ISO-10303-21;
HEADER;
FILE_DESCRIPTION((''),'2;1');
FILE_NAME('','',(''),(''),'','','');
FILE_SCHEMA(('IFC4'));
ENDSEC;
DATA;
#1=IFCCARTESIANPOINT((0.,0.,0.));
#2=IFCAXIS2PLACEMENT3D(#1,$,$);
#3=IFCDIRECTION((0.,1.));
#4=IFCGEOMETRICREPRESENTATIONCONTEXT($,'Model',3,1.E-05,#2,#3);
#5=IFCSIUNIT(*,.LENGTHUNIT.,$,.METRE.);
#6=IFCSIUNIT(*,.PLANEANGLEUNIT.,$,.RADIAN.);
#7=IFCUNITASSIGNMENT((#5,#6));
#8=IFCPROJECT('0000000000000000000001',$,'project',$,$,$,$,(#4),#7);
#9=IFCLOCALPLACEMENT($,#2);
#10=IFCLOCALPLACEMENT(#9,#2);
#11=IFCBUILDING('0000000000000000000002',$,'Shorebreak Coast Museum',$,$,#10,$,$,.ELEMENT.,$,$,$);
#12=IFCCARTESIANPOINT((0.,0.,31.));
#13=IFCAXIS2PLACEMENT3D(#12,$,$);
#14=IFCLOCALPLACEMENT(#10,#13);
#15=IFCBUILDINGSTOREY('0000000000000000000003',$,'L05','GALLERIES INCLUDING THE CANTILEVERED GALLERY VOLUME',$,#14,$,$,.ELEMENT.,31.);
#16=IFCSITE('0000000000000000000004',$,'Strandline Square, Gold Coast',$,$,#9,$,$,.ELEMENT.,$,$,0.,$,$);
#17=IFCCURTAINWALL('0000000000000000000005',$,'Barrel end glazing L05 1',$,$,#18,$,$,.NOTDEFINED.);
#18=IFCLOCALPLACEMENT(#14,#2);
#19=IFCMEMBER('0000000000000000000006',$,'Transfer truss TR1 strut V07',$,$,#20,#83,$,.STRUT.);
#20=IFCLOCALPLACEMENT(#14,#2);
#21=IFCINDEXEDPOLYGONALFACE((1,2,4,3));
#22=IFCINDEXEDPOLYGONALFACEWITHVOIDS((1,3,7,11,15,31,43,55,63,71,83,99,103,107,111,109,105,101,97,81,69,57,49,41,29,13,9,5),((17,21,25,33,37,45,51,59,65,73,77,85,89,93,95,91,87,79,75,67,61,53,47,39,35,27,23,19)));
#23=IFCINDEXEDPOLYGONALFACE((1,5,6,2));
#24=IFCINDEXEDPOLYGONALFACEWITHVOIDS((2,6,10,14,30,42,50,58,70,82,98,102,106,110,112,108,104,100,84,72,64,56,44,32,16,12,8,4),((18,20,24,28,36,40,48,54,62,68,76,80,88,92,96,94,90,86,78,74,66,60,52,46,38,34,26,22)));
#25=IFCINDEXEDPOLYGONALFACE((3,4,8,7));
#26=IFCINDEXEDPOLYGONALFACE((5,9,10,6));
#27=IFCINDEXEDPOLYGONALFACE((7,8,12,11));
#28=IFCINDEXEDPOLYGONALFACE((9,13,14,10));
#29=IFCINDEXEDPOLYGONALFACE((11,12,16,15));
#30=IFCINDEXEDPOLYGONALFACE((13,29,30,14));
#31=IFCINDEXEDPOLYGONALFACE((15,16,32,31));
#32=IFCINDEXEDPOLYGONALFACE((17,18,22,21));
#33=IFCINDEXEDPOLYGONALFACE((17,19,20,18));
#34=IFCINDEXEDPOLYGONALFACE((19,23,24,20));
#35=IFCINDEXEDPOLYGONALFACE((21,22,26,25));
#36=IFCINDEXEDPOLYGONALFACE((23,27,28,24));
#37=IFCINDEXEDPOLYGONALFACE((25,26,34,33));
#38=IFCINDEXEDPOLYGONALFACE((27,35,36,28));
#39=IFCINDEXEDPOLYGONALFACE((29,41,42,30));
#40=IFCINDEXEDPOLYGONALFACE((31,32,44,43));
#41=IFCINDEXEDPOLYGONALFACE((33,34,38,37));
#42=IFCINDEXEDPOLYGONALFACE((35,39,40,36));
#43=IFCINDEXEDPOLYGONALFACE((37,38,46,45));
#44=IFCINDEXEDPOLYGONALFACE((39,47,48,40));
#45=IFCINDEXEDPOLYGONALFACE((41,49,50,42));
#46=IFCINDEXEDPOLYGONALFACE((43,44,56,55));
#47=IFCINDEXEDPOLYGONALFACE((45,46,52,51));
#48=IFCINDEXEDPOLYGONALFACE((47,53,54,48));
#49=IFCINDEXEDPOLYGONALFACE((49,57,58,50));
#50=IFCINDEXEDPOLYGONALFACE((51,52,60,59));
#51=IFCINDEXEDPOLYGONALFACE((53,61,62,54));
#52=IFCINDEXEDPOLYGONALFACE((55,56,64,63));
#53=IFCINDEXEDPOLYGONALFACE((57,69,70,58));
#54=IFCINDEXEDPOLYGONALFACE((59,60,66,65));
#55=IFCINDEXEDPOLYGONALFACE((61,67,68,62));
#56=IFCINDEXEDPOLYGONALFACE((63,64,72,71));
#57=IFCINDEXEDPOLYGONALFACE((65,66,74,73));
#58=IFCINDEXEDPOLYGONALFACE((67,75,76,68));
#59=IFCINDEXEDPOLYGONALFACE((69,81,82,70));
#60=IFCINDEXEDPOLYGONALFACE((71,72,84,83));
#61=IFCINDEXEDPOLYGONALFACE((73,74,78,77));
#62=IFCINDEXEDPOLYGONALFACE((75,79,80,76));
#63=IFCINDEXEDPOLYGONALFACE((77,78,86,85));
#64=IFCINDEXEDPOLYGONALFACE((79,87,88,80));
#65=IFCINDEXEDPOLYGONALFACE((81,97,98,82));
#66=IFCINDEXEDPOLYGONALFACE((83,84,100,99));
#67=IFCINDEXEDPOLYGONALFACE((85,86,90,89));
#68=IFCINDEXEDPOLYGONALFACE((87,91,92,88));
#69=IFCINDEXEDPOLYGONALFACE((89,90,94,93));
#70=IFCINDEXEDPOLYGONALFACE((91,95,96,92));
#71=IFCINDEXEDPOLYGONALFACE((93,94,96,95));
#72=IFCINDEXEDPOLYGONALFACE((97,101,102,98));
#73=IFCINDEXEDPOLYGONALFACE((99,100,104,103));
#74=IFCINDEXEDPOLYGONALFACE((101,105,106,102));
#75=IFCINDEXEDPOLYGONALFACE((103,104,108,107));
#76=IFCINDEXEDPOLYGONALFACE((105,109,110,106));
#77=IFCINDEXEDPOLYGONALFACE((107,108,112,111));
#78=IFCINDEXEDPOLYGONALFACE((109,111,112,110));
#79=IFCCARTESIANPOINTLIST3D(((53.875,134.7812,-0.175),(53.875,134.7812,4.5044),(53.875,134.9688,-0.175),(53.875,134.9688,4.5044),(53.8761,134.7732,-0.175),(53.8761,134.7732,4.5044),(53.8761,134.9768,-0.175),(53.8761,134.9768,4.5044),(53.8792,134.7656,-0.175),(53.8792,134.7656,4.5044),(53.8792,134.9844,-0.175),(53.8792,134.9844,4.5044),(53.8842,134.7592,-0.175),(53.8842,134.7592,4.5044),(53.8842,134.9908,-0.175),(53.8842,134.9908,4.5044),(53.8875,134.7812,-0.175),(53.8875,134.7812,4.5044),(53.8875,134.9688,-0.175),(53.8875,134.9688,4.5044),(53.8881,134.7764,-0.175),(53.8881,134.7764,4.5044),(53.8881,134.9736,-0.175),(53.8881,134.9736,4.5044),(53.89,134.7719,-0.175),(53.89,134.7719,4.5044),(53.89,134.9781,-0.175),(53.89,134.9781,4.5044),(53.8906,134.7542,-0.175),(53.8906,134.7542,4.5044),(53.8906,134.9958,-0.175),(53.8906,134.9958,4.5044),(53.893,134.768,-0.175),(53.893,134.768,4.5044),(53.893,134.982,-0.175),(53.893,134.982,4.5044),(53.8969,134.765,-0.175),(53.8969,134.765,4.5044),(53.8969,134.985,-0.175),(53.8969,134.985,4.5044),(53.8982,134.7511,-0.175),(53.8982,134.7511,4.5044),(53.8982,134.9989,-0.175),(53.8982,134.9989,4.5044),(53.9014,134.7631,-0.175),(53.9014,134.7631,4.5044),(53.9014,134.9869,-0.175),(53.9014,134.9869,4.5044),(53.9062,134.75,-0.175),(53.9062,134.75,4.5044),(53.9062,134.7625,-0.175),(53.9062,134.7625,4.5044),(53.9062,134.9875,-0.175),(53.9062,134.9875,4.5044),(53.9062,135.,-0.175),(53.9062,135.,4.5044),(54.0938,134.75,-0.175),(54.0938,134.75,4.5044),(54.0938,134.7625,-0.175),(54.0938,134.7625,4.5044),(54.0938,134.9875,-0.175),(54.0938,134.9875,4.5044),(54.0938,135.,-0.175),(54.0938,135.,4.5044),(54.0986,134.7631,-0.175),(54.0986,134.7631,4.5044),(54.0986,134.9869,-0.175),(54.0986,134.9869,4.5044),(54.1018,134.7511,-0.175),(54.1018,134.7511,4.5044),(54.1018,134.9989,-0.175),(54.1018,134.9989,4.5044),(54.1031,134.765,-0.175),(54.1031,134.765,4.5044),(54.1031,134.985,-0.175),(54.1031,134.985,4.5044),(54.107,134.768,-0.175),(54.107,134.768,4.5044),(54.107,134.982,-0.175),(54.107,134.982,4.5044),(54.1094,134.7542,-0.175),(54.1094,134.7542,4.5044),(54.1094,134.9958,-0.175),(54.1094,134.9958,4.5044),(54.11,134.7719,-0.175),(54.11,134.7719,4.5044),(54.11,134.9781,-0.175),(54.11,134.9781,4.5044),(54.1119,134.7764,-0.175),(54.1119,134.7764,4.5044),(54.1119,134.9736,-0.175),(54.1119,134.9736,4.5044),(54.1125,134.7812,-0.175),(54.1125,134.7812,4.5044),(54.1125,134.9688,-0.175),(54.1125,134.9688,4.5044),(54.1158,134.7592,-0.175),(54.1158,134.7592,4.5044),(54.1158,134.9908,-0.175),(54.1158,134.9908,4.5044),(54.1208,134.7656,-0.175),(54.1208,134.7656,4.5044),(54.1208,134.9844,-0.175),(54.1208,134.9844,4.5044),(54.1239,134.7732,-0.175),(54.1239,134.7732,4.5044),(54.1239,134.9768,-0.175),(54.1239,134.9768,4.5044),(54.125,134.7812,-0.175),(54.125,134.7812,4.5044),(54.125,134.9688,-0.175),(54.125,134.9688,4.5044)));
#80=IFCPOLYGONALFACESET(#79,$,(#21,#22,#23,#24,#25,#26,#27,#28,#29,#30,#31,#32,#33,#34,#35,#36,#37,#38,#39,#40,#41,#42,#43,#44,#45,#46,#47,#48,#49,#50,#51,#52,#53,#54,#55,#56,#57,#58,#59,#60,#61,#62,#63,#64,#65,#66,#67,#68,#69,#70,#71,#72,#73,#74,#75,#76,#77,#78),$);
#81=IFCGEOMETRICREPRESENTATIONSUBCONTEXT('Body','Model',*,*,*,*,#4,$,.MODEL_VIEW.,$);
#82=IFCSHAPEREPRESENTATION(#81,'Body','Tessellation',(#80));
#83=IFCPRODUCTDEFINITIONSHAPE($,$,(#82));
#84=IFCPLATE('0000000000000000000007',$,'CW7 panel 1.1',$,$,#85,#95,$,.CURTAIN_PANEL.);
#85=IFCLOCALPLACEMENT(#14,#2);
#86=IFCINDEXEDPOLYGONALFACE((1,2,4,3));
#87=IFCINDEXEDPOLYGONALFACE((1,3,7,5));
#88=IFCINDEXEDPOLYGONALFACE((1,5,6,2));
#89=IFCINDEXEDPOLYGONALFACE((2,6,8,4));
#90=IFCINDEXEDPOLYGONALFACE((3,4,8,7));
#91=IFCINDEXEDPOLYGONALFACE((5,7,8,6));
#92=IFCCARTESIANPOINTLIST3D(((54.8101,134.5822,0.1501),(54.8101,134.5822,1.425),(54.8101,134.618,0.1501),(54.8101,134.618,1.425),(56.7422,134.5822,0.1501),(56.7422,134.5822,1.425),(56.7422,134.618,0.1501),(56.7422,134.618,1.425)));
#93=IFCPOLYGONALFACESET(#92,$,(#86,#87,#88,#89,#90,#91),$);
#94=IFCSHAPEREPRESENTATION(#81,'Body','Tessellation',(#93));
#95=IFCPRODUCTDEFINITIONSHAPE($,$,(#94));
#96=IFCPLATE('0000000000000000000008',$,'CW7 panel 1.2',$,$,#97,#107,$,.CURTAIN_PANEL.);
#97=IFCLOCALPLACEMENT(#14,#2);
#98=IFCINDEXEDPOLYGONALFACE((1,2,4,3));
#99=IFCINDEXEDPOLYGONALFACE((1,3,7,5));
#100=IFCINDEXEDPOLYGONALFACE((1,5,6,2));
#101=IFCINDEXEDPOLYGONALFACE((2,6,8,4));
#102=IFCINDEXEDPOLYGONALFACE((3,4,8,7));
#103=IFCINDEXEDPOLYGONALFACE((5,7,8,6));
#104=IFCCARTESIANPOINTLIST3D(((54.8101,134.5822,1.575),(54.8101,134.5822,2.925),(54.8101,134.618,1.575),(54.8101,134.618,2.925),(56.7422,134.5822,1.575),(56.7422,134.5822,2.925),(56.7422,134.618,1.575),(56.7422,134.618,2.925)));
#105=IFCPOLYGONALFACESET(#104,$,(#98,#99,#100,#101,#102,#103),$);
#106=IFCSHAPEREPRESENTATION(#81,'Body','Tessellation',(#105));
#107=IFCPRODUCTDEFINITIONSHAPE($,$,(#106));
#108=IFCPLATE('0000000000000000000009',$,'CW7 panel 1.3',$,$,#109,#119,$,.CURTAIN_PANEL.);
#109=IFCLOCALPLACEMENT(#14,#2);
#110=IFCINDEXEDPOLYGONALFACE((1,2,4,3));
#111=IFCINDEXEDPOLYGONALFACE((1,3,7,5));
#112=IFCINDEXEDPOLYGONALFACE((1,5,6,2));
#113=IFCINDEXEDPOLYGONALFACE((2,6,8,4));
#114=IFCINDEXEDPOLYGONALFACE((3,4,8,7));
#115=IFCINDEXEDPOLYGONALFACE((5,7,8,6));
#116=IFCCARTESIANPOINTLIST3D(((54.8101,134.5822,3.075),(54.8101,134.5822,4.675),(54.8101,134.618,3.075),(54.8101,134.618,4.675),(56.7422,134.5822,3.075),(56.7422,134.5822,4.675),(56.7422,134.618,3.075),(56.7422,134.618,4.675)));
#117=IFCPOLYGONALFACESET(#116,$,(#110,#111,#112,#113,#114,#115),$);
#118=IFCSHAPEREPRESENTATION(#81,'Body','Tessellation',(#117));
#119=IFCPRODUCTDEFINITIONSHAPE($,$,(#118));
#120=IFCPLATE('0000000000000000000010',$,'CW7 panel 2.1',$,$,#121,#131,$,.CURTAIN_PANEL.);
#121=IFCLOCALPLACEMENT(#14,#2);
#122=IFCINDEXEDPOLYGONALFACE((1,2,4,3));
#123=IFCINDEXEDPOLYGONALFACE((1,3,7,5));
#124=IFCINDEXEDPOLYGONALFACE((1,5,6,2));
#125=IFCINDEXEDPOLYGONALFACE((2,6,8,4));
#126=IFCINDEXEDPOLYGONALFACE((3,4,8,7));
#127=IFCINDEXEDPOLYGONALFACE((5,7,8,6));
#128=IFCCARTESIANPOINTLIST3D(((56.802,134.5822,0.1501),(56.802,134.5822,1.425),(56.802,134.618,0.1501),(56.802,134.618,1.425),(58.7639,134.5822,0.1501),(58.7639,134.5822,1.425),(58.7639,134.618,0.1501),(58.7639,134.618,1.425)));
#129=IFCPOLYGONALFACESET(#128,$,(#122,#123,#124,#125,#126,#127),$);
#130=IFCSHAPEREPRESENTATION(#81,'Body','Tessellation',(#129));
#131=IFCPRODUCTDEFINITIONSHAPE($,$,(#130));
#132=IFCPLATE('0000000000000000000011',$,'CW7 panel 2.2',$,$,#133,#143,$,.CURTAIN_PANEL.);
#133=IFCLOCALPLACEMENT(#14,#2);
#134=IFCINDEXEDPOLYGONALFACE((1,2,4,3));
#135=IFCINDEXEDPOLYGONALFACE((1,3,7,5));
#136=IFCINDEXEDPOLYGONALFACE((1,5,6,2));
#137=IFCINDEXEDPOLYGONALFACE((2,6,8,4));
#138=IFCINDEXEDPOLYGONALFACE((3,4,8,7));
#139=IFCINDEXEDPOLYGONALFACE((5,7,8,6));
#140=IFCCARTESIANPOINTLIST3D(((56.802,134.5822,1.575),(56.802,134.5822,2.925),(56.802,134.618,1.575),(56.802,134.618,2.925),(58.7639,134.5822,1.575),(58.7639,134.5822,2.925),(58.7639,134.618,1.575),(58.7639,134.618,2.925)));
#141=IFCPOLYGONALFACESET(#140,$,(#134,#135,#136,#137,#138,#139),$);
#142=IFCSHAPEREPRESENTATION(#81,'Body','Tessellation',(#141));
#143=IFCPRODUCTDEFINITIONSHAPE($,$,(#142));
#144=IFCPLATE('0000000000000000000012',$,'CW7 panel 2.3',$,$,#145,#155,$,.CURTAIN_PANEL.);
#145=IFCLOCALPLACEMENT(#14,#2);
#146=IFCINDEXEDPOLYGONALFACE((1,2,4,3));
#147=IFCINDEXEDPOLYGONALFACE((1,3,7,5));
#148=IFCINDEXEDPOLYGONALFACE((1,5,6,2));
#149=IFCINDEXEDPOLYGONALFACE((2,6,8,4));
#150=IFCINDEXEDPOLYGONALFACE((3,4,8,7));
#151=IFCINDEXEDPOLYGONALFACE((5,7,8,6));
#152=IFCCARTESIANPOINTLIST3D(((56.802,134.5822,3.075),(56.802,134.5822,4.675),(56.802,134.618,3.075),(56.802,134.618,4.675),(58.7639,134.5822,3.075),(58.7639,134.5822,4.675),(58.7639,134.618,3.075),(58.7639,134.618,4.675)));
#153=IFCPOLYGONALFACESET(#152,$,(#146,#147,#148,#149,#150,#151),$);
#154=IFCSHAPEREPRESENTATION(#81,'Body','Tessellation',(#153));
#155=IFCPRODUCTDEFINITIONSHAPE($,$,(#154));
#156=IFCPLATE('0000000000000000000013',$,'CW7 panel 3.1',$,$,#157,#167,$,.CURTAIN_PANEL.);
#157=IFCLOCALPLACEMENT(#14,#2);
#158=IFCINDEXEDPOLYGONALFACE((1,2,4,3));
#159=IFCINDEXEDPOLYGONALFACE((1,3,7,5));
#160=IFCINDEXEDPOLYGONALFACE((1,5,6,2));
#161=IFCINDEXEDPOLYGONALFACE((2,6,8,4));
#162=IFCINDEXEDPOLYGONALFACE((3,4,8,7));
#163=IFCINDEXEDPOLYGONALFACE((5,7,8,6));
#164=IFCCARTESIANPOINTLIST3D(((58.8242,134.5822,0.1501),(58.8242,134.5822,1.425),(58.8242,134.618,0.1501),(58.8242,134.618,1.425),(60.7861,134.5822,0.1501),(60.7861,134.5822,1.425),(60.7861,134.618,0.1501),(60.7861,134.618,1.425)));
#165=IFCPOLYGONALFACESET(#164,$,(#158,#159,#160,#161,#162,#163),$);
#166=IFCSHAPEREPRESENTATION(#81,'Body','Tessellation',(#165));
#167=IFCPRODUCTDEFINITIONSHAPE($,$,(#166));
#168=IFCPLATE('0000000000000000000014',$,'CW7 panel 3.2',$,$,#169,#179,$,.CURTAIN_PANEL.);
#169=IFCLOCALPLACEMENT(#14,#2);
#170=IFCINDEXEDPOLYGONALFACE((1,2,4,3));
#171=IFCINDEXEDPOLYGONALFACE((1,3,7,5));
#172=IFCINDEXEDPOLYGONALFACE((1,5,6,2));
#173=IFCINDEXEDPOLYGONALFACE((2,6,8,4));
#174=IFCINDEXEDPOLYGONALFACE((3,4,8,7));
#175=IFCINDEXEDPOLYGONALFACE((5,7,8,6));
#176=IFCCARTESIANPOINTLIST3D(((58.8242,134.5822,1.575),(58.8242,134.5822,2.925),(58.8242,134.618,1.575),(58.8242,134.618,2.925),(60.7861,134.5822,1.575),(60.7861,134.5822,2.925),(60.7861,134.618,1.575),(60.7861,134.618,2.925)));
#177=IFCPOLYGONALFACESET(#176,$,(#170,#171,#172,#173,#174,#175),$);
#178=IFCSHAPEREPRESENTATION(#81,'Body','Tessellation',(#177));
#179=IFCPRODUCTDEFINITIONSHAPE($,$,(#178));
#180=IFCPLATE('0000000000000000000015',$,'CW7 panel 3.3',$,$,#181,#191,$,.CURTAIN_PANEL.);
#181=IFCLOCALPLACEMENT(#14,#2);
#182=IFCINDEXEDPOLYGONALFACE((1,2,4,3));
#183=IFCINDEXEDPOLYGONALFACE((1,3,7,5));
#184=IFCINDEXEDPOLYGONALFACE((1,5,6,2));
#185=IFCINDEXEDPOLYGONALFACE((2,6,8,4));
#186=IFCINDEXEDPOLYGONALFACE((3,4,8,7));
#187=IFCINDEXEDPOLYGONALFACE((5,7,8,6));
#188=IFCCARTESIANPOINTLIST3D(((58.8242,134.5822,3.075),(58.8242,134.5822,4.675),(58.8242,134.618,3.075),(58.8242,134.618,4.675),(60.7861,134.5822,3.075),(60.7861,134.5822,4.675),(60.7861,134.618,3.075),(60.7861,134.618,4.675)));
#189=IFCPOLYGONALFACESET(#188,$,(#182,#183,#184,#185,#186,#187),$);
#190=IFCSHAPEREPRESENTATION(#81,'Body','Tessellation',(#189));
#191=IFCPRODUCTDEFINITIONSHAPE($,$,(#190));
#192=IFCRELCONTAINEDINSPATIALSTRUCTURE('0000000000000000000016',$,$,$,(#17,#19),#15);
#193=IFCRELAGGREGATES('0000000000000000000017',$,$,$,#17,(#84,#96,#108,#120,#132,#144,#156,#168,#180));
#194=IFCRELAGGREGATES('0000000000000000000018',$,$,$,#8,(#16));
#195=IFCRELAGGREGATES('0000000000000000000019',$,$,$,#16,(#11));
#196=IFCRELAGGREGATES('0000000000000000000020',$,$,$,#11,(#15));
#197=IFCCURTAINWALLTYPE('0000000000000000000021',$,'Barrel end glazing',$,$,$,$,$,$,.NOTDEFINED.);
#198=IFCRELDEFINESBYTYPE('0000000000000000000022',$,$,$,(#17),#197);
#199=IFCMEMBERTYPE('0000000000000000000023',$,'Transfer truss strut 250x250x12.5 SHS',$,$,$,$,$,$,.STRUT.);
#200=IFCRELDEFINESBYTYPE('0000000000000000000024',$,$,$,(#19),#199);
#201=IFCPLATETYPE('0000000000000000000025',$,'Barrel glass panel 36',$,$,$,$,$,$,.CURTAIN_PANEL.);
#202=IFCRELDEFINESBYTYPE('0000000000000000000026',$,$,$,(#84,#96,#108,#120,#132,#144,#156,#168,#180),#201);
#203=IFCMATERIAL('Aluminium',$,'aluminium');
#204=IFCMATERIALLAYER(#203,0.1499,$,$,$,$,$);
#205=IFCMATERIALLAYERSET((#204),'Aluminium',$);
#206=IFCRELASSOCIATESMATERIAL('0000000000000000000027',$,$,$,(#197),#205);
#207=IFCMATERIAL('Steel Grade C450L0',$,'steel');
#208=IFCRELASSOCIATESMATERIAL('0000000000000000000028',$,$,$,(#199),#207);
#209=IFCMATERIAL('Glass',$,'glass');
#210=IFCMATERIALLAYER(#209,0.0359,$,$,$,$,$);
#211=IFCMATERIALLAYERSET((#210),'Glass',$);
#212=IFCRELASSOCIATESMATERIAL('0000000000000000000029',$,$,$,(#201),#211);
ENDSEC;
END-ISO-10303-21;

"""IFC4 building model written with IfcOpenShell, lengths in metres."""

from ifc_helpers import new_model, si_unit, direction, frame, origin, origin_2d, place, context, subcontext, project, spatial, rectangle, hollow_rectangle, extrude, material, layer, layer_set, material_profile, profile_set, type_object, element, aggregate, save


model = new_model("IFC4")

# Units and contexts
model_context = context("Model", 3, precision=1e-05, world=origin(), true_north=direction((0.0, 1.0)))
body_context = subcontext(model_context, "Body", "Model", "MODEL_VIEW")
ifc_project = project(units=[si_unit("LENGTHUNIT", "METRE"), si_unit("PLANEANGLEUNIT", "RADIAN")], contexts=[model_context])

# Site, building, storey
site_placement = place(None, origin())
site = spatial("IfcSite", under=ifc_project, at=site_placement, Name="Strandline Square, Gold Coast", CompositionType="ELEMENT", RefElevation=0.0)
building_placement = place(site_placement, origin())
building = spatial("IfcBuilding", under=site, at=building_placement, Name="Shorebreak Coast Museum", CompositionType="ELEMENT")
storey_placement = place(building_placement, frame((0.0, 0.0, 31.0)))
storey = spatial("IfcBuildingStorey", under=building, at=storey_placement, Name="L05", Description="GALLERIES INCLUDING THE CANTILEVERED GALLERY VOLUME", CompositionType="ELEMENT", Elevation=31.0)

# Curtain wall
ifc_material_1 = material(Name="Aluminium", Category="aluminium")
ifc_layer_1 = layer(ifc_material_1, 0.1499)
ifc_layer_set_1 = layer_set([ifc_layer_1], Name="Aluminium")
curtain_wall_type = type_object("IfcCurtainWallType", Name="Barrel end glazing", PredefinedType="NOTDEFINED", material=ifc_layer_set_1)
curtain_wall_placement = place(storey_placement, origin())
curtain_wall = element("IfcCurtainWall", 1, at=curtain_wall_placement, inside=storey, type_object=curtain_wall_type, Name="Barrel end glazing L05 1", PredefinedType="NOTDEFINED")

# Member
ifc_material_2 = material(Name="Steel Grade C450L0", Category="steel")
ifc_material_profile_1 = material_profile(ifc_material_2, hollow_rectangle(XDim=0.25, YDim=0.25, WallThickness=0.0125, InnerFilletRadius=0.0188, OuterFilletRadius=0.0312, at=origin_2d()), Name="250x250x12.5 SHS")
ifc_profile_set_1 = profile_set([ifc_material_profile_1], Name="Steel Grade C450L0")
member_type_1 = type_object("IfcMemberType", Name="Transfer truss strut 250x250x12.5 SHS", PredefinedType="STRUT", material=ifc_profile_set_1)
member_1_placement = place(storey_placement, frame((54.0, 134.875, -0.175), z_axis=(0.0, 0.0, 1.0), x_axis=(1.0, 0.0, 0.0)))
element("IfcMember", 2, at=member_1_placement, inside=storey, type_object=member_type_1, Name="Transfer truss TR1 strut V07", PredefinedType="STRUT", context=body_context, shape_type="SweptSolid", body=[
    extrude(hollow_rectangle(XDim=0.25, YDim=0.25, WallThickness=0.0125, InnerFilletRadius=0.0188, OuterFilletRadius=0.0312, at=origin_2d()), origin(), (0.0, 0.0, 1.0), 4.6794),
])

# Plates
ifc_material_3 = material(Name="Glass", Category="glass")
ifc_layer_2 = layer(ifc_material_3, 0.0359)
ifc_layer_set_2 = layer_set([ifc_layer_2], Name="Glass")
plate_type = type_object("IfcPlateType", Name="Barrel glass panel 36", PredefinedType="CURTAIN_PANEL", material=ifc_layer_set_2)
plate_1_placement = place(storey_placement, frame((55.7761, 134.6001, 0.1501), z_axis=(0.0, 0.0, 1.0), x_axis=(1.0, 0.0, 0.0)))
plate_1 = element("IfcPlate", 3, at=plate_1_placement, type_object=plate_type, Name="CW7 panel 1.1", PredefinedType="CURTAIN_PANEL", context=body_context, shape_type="SweptSolid", body=[
    extrude(rectangle(XDim=1.9321, YDim=0.0359, at=origin_2d()), origin(), (0.0, 0.0, 1.0), 1.2749),
])
plate_2_placement = place(storey_placement, frame((55.7761, 134.6001, 1.575), z_axis=(0.0, 0.0, 1.0), x_axis=(1.0, 0.0, 0.0)))
plate_2 = element("IfcPlate", 4, at=plate_2_placement, type_object=plate_type, Name="CW7 panel 1.2", PredefinedType="CURTAIN_PANEL", context=body_context, shape_type="SweptSolid", body=[
    extrude(rectangle(XDim=1.9321, YDim=0.0359, at=origin_2d()), origin(), (0.0, 0.0, 1.0), 1.3501),
])
plate_3_placement = place(storey_placement, frame((55.7761, 134.6001, 3.075), z_axis=(0.0, 0.0, 1.0), x_axis=(1.0, 0.0, 0.0)))
plate_3 = element("IfcPlate", 5, at=plate_3_placement, type_object=plate_type, Name="CW7 panel 1.3", PredefinedType="CURTAIN_PANEL", context=body_context, shape_type="SweptSolid", body=[
    extrude(rectangle(XDim=1.9321, YDim=0.0359, at=origin_2d()), origin(), (0.0, 0.0, 1.0), 1.6001),
])
plate_4_placement = place(storey_placement, frame((57.783, 134.6001, 0.1501), z_axis=(0.0, 0.0, 1.0), x_axis=(1.0, 0.0, 0.0)))
plate_4 = element("IfcPlate", 6, at=plate_4_placement, type_object=plate_type, Name="CW7 panel 2.1", PredefinedType="CURTAIN_PANEL", context=body_context, shape_type="SweptSolid", body=[
    extrude(rectangle(XDim=1.9619, YDim=0.0359, at=origin_2d()), origin(), (0.0, 0.0, 1.0), 1.2749),
])
plate_5_placement = place(storey_placement, frame((57.783, 134.6001, 1.575), z_axis=(0.0, 0.0, 1.0), x_axis=(1.0, 0.0, 0.0)))
plate_5 = element("IfcPlate", 7, at=plate_5_placement, type_object=plate_type, Name="CW7 panel 2.2", PredefinedType="CURTAIN_PANEL", context=body_context, shape_type="SweptSolid", body=[
    extrude(rectangle(XDim=1.9619, YDim=0.0359, at=origin_2d()), origin(), (0.0, 0.0, 1.0), 1.3501),
])
plate_6_placement = place(storey_placement, frame((57.783, 134.6001, 3.075), z_axis=(0.0, 0.0, 1.0), x_axis=(1.0, 0.0, 0.0)))
plate_6 = element("IfcPlate", 8, at=plate_6_placement, type_object=plate_type, Name="CW7 panel 2.3", PredefinedType="CURTAIN_PANEL", context=body_context, shape_type="SweptSolid", body=[
    extrude(rectangle(XDim=1.9619, YDim=0.0359, at=origin_2d()), origin(), (0.0, 0.0, 1.0), 1.6001),
])
plate_7_placement = place(storey_placement, frame((59.8052, 134.6001, 0.1501), z_axis=(0.0, 0.0, 1.0), x_axis=(1.0, 0.0, 0.0)))
plate_7 = element("IfcPlate", 9, at=plate_7_placement, type_object=plate_type, Name="CW7 panel 3.1", PredefinedType="CURTAIN_PANEL", context=body_context, shape_type="SweptSolid", body=[
    extrude(rectangle(XDim=1.9619, YDim=0.0359, at=origin_2d()), origin(), (0.0, 0.0, 1.0), 1.2749),
])
plate_8_placement = place(storey_placement, frame((59.8052, 134.6001, 1.575), z_axis=(0.0, 0.0, 1.0), x_axis=(1.0, 0.0, 0.0)))
plate_8 = element("IfcPlate", 10, at=plate_8_placement, type_object=plate_type, Name="CW7 panel 3.2", PredefinedType="CURTAIN_PANEL", context=body_context, shape_type="SweptSolid", body=[
    extrude(rectangle(XDim=1.9619, YDim=0.0359, at=origin_2d()), origin(), (0.0, 0.0, 1.0), 1.3501),
])
plate_9_placement = place(storey_placement, frame((59.8052, 134.6001, 3.075), z_axis=(0.0, 0.0, 1.0), x_axis=(1.0, 0.0, 0.0)))
plate_9 = element("IfcPlate", 11, at=plate_9_placement, type_object=plate_type, Name="CW7 panel 3.3", PredefinedType="CURTAIN_PANEL", context=body_context, shape_type="SweptSolid", body=[
    extrude(rectangle(XDim=1.9619, YDim=0.0359, at=origin_2d()), origin(), (0.0, 0.0, 1.0), 1.6001),
])
aggregate(curtain_wall, [plate_1, plate_2, plate_3, plate_4, plate_5, plate_6, plate_7, plate_8, plate_9])

save(model, "model.ifc")
